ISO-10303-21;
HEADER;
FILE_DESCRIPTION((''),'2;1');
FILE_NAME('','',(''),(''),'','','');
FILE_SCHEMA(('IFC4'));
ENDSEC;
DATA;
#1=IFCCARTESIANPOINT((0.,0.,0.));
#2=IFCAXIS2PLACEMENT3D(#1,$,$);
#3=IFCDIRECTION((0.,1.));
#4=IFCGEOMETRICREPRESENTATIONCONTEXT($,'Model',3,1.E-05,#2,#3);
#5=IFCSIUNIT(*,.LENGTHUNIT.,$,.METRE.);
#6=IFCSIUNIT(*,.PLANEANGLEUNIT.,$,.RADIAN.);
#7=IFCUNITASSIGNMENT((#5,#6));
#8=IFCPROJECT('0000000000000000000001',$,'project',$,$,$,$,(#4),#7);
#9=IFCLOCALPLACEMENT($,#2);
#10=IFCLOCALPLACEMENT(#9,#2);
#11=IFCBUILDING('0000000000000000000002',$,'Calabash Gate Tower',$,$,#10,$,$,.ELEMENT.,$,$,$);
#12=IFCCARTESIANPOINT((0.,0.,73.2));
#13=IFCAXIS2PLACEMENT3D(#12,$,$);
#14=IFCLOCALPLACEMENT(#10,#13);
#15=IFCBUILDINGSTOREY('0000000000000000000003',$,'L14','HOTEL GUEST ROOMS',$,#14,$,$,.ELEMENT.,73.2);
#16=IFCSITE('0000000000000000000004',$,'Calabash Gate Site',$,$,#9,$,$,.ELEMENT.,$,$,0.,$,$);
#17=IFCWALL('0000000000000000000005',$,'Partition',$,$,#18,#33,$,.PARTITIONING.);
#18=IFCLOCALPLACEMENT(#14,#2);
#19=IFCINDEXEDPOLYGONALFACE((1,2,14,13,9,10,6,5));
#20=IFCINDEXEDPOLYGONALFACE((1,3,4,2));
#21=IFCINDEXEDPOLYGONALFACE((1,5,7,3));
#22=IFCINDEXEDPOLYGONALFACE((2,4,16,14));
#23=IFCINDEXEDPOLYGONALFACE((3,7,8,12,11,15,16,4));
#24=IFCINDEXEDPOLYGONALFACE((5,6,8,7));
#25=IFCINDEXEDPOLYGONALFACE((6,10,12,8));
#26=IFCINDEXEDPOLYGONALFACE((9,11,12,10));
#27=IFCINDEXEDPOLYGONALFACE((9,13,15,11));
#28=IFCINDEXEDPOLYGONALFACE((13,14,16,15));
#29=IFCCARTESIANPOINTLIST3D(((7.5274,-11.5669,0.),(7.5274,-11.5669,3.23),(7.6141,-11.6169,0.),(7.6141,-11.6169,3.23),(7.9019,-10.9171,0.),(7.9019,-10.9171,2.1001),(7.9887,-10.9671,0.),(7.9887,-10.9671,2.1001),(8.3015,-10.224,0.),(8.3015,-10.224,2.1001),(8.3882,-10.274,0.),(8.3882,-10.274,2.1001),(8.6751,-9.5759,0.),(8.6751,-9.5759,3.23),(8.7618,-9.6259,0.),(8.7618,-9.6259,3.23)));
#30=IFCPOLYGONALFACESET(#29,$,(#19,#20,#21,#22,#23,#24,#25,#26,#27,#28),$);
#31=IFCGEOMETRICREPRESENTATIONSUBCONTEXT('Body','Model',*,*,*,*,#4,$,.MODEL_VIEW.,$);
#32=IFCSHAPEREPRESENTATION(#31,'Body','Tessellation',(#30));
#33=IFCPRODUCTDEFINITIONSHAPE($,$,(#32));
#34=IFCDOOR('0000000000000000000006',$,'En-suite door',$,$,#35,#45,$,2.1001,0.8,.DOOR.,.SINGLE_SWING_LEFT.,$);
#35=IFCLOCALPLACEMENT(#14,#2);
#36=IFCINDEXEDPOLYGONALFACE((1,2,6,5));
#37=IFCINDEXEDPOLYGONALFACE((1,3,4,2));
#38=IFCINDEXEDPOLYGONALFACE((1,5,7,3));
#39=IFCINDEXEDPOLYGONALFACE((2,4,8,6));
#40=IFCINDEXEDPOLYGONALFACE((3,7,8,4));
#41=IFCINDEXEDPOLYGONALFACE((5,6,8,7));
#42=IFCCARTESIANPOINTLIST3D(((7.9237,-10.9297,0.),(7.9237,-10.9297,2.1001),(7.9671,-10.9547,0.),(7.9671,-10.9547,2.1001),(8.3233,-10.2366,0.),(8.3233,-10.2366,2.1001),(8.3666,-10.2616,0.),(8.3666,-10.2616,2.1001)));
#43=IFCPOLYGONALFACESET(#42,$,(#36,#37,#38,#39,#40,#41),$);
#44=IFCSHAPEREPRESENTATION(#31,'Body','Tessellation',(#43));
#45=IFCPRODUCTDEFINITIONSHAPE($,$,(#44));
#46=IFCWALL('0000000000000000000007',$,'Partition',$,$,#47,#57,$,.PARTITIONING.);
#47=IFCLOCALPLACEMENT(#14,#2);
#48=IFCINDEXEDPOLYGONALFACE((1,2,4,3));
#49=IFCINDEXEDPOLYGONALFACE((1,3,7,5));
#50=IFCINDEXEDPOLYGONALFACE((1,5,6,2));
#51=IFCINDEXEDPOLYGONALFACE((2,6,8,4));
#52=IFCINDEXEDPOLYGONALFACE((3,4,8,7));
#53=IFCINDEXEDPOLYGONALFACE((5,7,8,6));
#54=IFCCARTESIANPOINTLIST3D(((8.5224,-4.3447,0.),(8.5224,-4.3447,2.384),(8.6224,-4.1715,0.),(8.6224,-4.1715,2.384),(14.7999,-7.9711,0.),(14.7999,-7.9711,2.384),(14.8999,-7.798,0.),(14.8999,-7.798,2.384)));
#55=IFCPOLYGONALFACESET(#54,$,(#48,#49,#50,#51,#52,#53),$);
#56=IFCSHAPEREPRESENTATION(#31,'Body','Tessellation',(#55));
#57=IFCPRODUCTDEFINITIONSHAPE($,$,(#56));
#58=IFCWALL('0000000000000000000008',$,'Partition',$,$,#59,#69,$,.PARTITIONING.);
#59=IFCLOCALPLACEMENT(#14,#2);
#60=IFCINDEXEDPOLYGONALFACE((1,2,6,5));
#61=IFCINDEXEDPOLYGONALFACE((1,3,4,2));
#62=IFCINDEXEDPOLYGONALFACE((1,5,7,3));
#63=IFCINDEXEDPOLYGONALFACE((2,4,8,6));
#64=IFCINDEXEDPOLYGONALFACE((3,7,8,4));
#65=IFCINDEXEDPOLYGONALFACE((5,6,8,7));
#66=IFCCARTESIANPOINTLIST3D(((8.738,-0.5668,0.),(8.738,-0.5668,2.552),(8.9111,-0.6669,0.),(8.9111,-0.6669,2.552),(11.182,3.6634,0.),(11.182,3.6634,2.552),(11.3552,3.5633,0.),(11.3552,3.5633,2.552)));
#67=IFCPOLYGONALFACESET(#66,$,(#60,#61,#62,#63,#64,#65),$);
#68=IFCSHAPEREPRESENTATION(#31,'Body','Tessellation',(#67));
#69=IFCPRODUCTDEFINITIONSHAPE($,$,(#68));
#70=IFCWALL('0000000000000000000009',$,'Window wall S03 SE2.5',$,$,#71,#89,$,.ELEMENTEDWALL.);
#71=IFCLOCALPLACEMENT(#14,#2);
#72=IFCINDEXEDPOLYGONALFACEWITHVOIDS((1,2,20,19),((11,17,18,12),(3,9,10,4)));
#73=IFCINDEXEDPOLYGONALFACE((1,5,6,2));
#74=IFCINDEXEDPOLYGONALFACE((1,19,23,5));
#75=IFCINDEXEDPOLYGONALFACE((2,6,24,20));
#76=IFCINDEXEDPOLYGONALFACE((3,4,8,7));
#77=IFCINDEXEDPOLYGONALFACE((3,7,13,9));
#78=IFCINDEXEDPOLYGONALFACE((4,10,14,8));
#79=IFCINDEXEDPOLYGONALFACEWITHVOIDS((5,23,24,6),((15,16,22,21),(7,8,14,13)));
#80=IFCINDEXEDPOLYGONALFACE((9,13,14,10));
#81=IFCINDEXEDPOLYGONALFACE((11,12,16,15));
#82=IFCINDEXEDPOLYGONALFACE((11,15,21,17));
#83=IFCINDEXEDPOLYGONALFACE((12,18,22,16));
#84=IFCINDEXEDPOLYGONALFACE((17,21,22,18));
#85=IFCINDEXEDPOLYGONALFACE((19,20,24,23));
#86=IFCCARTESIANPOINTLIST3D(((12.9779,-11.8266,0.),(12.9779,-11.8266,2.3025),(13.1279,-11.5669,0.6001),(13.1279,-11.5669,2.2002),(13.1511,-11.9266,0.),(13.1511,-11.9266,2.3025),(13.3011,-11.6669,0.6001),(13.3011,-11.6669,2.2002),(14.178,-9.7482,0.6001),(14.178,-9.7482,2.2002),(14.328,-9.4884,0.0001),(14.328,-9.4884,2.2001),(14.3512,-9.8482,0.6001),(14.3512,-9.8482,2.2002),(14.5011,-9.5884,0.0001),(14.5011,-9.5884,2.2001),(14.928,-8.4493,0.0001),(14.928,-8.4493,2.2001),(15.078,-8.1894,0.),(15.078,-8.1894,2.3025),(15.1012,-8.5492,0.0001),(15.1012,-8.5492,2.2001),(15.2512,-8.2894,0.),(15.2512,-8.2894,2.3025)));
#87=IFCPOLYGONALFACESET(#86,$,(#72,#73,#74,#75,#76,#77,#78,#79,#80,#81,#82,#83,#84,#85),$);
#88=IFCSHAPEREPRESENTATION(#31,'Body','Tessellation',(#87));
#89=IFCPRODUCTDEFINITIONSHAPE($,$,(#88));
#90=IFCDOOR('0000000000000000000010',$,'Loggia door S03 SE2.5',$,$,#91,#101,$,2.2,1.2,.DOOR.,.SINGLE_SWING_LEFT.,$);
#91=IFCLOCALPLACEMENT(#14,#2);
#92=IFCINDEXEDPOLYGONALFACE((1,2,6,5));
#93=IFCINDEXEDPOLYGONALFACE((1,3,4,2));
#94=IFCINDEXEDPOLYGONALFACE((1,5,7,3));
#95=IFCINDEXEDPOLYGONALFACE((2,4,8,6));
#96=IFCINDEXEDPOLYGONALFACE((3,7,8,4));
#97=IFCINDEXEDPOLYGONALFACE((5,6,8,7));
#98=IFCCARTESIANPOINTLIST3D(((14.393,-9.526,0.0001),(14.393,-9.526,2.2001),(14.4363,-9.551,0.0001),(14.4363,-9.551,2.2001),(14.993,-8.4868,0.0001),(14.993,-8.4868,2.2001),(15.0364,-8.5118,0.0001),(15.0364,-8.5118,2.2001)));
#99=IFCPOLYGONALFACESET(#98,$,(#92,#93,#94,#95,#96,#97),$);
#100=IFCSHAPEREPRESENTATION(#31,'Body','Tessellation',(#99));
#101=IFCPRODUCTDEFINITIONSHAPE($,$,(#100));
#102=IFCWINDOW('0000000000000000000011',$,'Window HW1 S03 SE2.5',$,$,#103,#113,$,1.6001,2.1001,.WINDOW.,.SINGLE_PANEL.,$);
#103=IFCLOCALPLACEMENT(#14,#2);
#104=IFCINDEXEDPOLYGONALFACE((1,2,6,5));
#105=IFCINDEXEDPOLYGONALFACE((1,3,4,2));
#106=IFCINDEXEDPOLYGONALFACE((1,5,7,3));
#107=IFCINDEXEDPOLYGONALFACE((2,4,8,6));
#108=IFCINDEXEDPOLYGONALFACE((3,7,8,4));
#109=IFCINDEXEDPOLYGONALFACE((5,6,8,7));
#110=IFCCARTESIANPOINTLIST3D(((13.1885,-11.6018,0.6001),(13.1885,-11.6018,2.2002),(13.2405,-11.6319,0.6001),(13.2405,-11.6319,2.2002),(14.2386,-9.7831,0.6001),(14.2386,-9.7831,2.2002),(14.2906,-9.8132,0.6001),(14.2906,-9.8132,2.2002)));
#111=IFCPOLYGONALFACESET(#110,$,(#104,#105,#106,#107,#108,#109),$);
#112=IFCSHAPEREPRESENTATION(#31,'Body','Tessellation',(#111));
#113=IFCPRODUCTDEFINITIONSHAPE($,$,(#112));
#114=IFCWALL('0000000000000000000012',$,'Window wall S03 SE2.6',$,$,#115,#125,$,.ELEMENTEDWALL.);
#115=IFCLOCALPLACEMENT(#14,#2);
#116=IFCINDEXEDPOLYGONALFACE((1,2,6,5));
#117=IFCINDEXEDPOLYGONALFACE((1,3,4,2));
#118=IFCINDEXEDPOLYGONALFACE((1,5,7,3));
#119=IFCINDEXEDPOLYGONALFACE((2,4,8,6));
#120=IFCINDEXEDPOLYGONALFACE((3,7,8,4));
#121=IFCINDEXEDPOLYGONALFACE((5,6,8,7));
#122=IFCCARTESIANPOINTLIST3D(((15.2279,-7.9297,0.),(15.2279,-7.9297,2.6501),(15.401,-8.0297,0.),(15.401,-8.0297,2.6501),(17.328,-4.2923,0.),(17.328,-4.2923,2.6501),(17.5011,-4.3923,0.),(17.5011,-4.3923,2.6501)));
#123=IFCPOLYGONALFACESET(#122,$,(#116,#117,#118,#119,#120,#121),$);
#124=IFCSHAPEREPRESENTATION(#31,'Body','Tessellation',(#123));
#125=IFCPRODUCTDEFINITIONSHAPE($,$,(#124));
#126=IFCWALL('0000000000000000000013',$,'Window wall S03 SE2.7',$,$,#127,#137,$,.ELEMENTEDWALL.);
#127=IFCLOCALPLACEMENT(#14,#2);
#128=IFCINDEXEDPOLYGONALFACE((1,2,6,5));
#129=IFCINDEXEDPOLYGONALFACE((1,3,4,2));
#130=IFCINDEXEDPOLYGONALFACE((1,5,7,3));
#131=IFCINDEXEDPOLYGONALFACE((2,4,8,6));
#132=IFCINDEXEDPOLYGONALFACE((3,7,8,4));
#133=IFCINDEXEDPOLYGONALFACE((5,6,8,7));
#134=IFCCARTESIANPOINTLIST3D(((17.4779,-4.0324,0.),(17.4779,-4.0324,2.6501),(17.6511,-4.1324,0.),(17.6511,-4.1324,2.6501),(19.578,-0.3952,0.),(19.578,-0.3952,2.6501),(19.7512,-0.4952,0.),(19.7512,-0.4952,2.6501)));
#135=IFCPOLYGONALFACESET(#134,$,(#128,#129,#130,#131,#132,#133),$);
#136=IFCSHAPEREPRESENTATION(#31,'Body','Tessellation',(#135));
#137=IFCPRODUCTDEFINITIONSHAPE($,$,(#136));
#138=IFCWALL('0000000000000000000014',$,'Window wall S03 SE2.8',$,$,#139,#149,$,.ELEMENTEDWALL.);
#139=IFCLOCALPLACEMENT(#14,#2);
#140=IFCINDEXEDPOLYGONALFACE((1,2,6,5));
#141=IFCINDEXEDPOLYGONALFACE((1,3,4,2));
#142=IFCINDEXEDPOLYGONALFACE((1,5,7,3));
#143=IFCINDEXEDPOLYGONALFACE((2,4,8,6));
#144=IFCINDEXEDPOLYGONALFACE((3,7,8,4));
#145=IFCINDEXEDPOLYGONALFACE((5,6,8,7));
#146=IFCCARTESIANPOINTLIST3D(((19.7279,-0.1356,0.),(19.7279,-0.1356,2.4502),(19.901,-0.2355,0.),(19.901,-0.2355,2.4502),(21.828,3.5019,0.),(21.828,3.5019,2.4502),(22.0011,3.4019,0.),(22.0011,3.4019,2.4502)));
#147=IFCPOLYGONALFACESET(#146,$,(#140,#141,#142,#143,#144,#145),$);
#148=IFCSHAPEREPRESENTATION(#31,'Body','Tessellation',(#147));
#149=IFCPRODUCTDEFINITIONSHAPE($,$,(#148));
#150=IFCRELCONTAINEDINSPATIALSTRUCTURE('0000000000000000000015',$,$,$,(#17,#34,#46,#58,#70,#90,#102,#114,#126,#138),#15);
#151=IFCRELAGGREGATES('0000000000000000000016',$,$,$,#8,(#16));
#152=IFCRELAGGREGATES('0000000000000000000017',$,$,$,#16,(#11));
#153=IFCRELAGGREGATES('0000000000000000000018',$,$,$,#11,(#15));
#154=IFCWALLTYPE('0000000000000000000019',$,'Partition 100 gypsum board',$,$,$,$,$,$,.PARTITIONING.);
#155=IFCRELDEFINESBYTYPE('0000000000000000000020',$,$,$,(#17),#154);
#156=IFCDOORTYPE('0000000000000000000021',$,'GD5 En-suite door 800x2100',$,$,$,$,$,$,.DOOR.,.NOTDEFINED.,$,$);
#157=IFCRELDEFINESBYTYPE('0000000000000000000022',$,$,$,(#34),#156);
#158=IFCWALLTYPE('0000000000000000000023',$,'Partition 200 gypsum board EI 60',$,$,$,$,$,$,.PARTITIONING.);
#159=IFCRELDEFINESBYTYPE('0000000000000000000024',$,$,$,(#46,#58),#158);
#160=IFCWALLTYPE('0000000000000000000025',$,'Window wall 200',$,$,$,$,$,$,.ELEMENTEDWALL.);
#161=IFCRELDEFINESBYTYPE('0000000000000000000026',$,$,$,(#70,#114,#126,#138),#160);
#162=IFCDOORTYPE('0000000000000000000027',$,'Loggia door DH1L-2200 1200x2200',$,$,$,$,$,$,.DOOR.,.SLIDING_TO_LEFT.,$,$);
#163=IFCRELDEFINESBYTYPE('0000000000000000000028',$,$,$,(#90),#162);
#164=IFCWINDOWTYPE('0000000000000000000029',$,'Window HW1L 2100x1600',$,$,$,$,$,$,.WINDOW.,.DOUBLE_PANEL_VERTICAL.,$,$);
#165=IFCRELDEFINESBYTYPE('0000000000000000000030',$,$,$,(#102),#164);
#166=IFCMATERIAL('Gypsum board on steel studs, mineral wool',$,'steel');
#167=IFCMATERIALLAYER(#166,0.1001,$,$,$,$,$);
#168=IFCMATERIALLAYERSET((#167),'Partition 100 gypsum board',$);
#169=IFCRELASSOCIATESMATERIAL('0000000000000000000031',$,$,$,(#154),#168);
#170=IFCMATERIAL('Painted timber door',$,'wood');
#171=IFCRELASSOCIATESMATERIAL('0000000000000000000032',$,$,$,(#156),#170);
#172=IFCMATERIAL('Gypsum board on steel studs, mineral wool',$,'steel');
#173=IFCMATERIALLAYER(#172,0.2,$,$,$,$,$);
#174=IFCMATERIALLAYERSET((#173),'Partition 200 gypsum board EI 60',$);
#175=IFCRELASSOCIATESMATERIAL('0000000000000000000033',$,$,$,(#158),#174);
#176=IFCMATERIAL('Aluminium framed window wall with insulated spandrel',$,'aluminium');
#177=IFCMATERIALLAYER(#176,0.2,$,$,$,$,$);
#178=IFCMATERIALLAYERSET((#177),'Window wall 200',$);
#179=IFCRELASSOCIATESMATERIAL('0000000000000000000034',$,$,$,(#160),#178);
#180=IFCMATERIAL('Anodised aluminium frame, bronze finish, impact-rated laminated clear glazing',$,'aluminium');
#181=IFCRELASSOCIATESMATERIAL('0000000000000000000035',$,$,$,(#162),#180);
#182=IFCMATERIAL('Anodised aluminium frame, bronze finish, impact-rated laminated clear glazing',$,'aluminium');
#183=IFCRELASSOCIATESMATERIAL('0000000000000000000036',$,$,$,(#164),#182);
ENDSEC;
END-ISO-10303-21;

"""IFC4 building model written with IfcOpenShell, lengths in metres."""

from ifc_helpers import new_model, si_unit, direction, frame, frame_2d, origin, place, context, subcontext, project, spatial, rectangle, extrude, material, layer, layer_set, type_object, element, fill, save


model = new_model("IFC4")

# Units and contexts
model_context = context("Model", 3, precision=1e-05, world=origin(), true_north=direction((0.0, 1.0)))
body_context = subcontext(model_context, "Body", "Model", "MODEL_VIEW")
ifc_project = project(units=[si_unit("LENGTHUNIT", "METRE"), si_unit("PLANEANGLEUNIT", "RADIAN")], contexts=[model_context])

# Site, building, storey
site_placement = place(None, origin())
site = spatial("IfcSite", under=ifc_project, at=site_placement, Name="Calabash Gate Site", CompositionType="ELEMENT", RefElevation=0.0)
building_placement = place(site_placement, origin())
building = spatial("IfcBuilding", under=site, at=building_placement, Name="Calabash Gate Tower", CompositionType="ELEMENT")
storey_placement = place(building_placement, frame((0.0, 0.0, 73.2)))
storey = spatial("IfcBuildingStorey", under=building, at=storey_placement, Name="L14", Description="HOTEL GUEST ROOMS", CompositionType="ELEMENT", Elevation=73.2)

# Wall, opening, door
ifc_material_1 = material(Name="Gypsum board on steel studs, mineral wool", Category="steel")
ifc_layer_1 = layer(ifc_material_1, 0.1001)
ifc_layer_set_1 = layer_set([ifc_layer_1], Name="Partition 100 gypsum board")
wall_type_1 = type_object("IfcWallType", Name="Partition 100 gypsum board", PredefinedType="PARTITIONING", material=ifc_layer_set_1)
wall_1_placement = place(storey_placement, frame((7.5708, -11.5918, 0.0), z_axis=(0.0, 0.0, 1.0), x_axis=(0.499419, 0.866361, 0.0)))
wall_1 = element("IfcWall", 1, at=wall_1_placement, inside=storey, type_object=wall_type_1, Name="Partition", PredefinedType="PARTITIONING", context=body_context, shape_type="SweptSolid", body=[
    extrude(rectangle(XDim=2.2981, YDim=0.1001, at=frame_2d((1.1489, 0.0))), origin(), (0.0, 0.0, 1.0), 3.23),
])
opening_1_placement = place(wall_1_placement, frame((0.75, 0.0, 0.0)))
opening_1 = element("IfcOpeningElement", 2, at=opening_1_placement, cuts=wall_1, PredefinedType="OPENING", context=body_context, shape_type="SweptSolid", body=[
    extrude(rectangle(XDim=0.8, YDim=2.1001, at=frame_2d((0.3999, 1.05))), frame((0.0, 0.0601, 0.0), z_axis=(0.0, -1.0, 0.0), x_axis=(1.0, 0.0, 0.0)), (0.0, 0.0, 1.0), 0.1201),
])
ifc_material_2 = material(Name="Painted timber door", Category="wood")
door_type_1 = type_object("IfcDoorType", Name="GD5 En-suite door 800x2100", OperationType="NOTDEFINED", PredefinedType="DOOR", material=ifc_material_2)
door_1_placement = place(opening_1_placement, origin())
door_1 = element("IfcDoor", 3, at=door_1_placement, inside=storey, type_object=door_type_1, Name="En-suite door", OperationType="SINGLE_SWING_LEFT", OverallHeight=2.1001, OverallWidth=0.8, PredefinedType="DOOR", context=body_context, shape_type="SweptSolid", body=[
    extrude(rectangle(XDim=0.8, YDim=2.1001, at=frame_2d((0.3999, 1.05))), frame((0.0, 0.0249, 0.0), z_axis=(0.0, -1.0, 0.0), x_axis=(1.0, 0.0, 0.0)), (0.0, 0.0, 1.0), 0.05),
])
fill(opening_1, door_1)

# Walls
ifc_material_3 = material(Name="Gypsum board on steel studs, mineral wool", Category="steel")
ifc_layer_2 = layer(ifc_material_3, 0.2)
ifc_layer_set_2 = layer_set([ifc_layer_2], Name="Partition 200 gypsum board EI 60")
wall_type_2 = type_object("IfcWallType", Name="Partition 200 gypsum board EI 60", PredefinedType="PARTITIONING", material=ifc_layer_set_2)
wall_2_placement = place(storey_placement, frame((8.5723, -4.2581, 0.0), z_axis=(0.0, 0.0, 1.0), x_axis=(0.8659, -0.500217, 0.0)))
element("IfcWall", 4, at=wall_2_placement, inside=storey, type_object=wall_type_2, Name="Partition", PredefinedType="PARTITIONING", context=body_context, shape_type="SweptSolid", body=[
    extrude(rectangle(XDim=7.2498, YDim=0.2, at=frame_2d((3.625, 0.0))), origin(), (0.0, 0.0, 1.0), 2.384),
])
wall_3_placement = place(storey_placement, frame((8.8245, -0.6169, 0.0), z_axis=(0.0, 0.0, 1.0), x_axis=(0.500272, 0.865868, 0.0)))
element("IfcWall", 5, at=wall_3_placement, inside=storey, type_object=wall_type_2, Name="Partition", PredefinedType="PARTITIONING", context=body_context, shape_type="SweptSolid", body=[
    extrude(rectangle(XDim=4.8855, YDim=0.2, at=frame_2d((2.4429, 0.0))), origin(), (0.0, 0.0, 1.0), 2.552),
])

# Wall, openings, door, window
ifc_material_4 = material(Name="Aluminium framed window wall with insulated spandrel", Category="aluminium")
ifc_layer_3 = layer(ifc_material_4, 0.2)
ifc_layer_set_3 = layer_set([ifc_layer_3], Name="Window wall 200")
wall_type_3 = type_object("IfcWallType", Name="Window wall 200", PredefinedType="ELEMENTEDWALL", material=ifc_layer_set_3)
wall_4_placement = place(storey_placement, frame((13.0645, -11.8767, 0.0), z_axis=(0.0, 0.0, 1.0), x_axis=(0.500028, 0.866009, 0.0)))
wall_4 = element("IfcWall", 6, at=wall_4_placement, inside=storey, type_object=wall_type_3, Name="Window wall S03 SE2.5", PredefinedType="ELEMENTEDWALL", context=body_context, shape_type="SweptSolid", body=[
    extrude(rectangle(XDim=4.2, YDim=0.2, at=frame_2d((2.1001, 0.0))), origin(), (0.0, 0.0, 1.0), 2.3025),
])
opening_2_placement = place(wall_4_placement, frame((0.3, 0.0, 0.6001)))
opening_2 = element("IfcOpeningElement", 7, at=opening_2_placement, cuts=wall_4, PredefinedType="OPENING", context=body_context, shape_type="SweptSolid", body=[
    extrude(rectangle(XDim=2.1001, YDim=1.6001, at=frame_2d((1.05, 0.8))), frame((0.0, 0.1099, 0.0), z_axis=(0.0, -1.0, 0.0), x_axis=(1.0, 0.0, 0.0)), (0.0, 0.0, 1.0), 0.22),
])
opening_3_placement = place(wall_4_placement, frame((2.7, 0.0, 0.0)))
opening_3 = element("IfcOpeningElement", 8, at=opening_3_placement, cuts=wall_4, PredefinedType="OPENING", context=body_context, shape_type="SweptSolid", body=[
    extrude(rectangle(XDim=1.2, YDim=2.2, at=frame_2d((0.6001, 1.1001))), frame((0.0, 0.1099, 0.0), z_axis=(0.0, -1.0, 0.0), x_axis=(1.0, 0.0, 0.0)), (0.0, 0.0, 1.0), 0.22),
])
ifc_material_5 = material(Name="Anodised aluminium frame, bronze finish, impact-rated laminated clear glazing", Category="aluminium")
door_type_2 = type_object("IfcDoorType", Name="Loggia door DH1L-2200 1200x2200", OperationType="SLIDING_TO_LEFT", PredefinedType="DOOR", material=ifc_material_5)
door_2_placement = place(opening_3_placement, origin())
door_2 = element("IfcDoor", 9, at=door_2_placement, inside=storey, type_object=door_type_2, Name="Loggia door S03 SE2.5", OperationType="SINGLE_SWING_LEFT", OverallHeight=2.2, OverallWidth=1.2, PredefinedType="DOOR", context=body_context, shape_type="SweptSolid", body=[
    extrude(rectangle(XDim=1.2, YDim=2.2, at=frame_2d((0.6001, 1.1001))), frame((0.0, 0.0249, 0.0), z_axis=(0.0, -1.0, 0.0), x_axis=(1.0, 0.0, 0.0)), (0.0, 0.0, 1.0), 0.05),
])
fill(opening_3, door_2)
ifc_material_6 = material(Name="Anodised aluminium frame, bronze finish, impact-rated laminated clear glazing", Category="aluminium")
window_type = type_object("IfcWindowType", Name="Window HW1L 2100x1600", PartitioningType="DOUBLE_PANEL_VERTICAL", PredefinedType="WINDOW", material=ifc_material_6)
window_placement = place(opening_2_placement, origin())
window = element("IfcWindow", 10, at=window_placement, inside=storey, type_object=window_type, Name="Window HW1 S03 SE2.5", OverallHeight=1.6001, OverallWidth=2.1001, PartitioningType="SINGLE_PANEL", PredefinedType="WINDOW", context=body_context, shape_type="SweptSolid", body=[
    extrude(rectangle(XDim=2.1001, YDim=1.6001, at=frame_2d((1.05, 0.8))), frame((0.0, 0.03, 0.0), z_axis=(0.0, -1.0, 0.0), x_axis=(1.0, 0.0, 0.0)), (0.0, 0.0, 1.0), 0.0601),
])
fill(opening_2, window)

# Walls
wall_5_placement = place(storey_placement, frame((15.3145, -7.9797, 0.0), z_axis=(0.0, 0.0, 1.0), x_axis=(0.500003, 0.866024, 0.0)))
element("IfcWall", 11, at=wall_5_placement, inside=storey, type_object=wall_type_3, Name="Window wall S03 SE2.6", PredefinedType="ELEMENTEDWALL", context=body_context, shape_type="SweptSolid", body=[
    extrude(rectangle(XDim=4.2002, YDim=0.2, at=frame_2d((2.1001, 0.0))), origin(), (0.0, 0.0, 1.0), 2.6501),
])
wall_6_placement = place(storey_placement, frame((17.5645, -4.0825, 0.0), z_axis=(0.0, 0.0, 1.0), x_axis=(0.500028, 0.866009, 0.0)))
element("IfcWall", 12, at=wall_6_placement, inside=storey, type_object=wall_type_3, Name="Window wall S03 SE2.7", PredefinedType="ELEMENTEDWALL", context=body_context, shape_type="SweptSolid", body=[
    extrude(rectangle(XDim=4.2, YDim=0.2, at=frame_2d((2.1001, 0.0))), origin(), (0.0, 0.0, 1.0), 2.6501),
])
wall_7_placement = place(storey_placement, frame((19.8145, -0.1855, 0.0), z_axis=(0.0, 0.0, 1.0), x_axis=(0.500003, 0.866024, 0.0)))
element("IfcWall", 13, at=wall_7_placement, inside=storey, type_object=wall_type_3, Name="Window wall S03 SE2.8", PredefinedType="ELEMENTEDWALL", context=body_context, shape_type="SweptSolid", body=[
    extrude(rectangle(XDim=4.2002, YDim=0.2, at=frame_2d((2.1001, 0.0))), origin(), (0.0, 0.0, 1.0), 2.4502),
])

save(model, "model.ifc")
